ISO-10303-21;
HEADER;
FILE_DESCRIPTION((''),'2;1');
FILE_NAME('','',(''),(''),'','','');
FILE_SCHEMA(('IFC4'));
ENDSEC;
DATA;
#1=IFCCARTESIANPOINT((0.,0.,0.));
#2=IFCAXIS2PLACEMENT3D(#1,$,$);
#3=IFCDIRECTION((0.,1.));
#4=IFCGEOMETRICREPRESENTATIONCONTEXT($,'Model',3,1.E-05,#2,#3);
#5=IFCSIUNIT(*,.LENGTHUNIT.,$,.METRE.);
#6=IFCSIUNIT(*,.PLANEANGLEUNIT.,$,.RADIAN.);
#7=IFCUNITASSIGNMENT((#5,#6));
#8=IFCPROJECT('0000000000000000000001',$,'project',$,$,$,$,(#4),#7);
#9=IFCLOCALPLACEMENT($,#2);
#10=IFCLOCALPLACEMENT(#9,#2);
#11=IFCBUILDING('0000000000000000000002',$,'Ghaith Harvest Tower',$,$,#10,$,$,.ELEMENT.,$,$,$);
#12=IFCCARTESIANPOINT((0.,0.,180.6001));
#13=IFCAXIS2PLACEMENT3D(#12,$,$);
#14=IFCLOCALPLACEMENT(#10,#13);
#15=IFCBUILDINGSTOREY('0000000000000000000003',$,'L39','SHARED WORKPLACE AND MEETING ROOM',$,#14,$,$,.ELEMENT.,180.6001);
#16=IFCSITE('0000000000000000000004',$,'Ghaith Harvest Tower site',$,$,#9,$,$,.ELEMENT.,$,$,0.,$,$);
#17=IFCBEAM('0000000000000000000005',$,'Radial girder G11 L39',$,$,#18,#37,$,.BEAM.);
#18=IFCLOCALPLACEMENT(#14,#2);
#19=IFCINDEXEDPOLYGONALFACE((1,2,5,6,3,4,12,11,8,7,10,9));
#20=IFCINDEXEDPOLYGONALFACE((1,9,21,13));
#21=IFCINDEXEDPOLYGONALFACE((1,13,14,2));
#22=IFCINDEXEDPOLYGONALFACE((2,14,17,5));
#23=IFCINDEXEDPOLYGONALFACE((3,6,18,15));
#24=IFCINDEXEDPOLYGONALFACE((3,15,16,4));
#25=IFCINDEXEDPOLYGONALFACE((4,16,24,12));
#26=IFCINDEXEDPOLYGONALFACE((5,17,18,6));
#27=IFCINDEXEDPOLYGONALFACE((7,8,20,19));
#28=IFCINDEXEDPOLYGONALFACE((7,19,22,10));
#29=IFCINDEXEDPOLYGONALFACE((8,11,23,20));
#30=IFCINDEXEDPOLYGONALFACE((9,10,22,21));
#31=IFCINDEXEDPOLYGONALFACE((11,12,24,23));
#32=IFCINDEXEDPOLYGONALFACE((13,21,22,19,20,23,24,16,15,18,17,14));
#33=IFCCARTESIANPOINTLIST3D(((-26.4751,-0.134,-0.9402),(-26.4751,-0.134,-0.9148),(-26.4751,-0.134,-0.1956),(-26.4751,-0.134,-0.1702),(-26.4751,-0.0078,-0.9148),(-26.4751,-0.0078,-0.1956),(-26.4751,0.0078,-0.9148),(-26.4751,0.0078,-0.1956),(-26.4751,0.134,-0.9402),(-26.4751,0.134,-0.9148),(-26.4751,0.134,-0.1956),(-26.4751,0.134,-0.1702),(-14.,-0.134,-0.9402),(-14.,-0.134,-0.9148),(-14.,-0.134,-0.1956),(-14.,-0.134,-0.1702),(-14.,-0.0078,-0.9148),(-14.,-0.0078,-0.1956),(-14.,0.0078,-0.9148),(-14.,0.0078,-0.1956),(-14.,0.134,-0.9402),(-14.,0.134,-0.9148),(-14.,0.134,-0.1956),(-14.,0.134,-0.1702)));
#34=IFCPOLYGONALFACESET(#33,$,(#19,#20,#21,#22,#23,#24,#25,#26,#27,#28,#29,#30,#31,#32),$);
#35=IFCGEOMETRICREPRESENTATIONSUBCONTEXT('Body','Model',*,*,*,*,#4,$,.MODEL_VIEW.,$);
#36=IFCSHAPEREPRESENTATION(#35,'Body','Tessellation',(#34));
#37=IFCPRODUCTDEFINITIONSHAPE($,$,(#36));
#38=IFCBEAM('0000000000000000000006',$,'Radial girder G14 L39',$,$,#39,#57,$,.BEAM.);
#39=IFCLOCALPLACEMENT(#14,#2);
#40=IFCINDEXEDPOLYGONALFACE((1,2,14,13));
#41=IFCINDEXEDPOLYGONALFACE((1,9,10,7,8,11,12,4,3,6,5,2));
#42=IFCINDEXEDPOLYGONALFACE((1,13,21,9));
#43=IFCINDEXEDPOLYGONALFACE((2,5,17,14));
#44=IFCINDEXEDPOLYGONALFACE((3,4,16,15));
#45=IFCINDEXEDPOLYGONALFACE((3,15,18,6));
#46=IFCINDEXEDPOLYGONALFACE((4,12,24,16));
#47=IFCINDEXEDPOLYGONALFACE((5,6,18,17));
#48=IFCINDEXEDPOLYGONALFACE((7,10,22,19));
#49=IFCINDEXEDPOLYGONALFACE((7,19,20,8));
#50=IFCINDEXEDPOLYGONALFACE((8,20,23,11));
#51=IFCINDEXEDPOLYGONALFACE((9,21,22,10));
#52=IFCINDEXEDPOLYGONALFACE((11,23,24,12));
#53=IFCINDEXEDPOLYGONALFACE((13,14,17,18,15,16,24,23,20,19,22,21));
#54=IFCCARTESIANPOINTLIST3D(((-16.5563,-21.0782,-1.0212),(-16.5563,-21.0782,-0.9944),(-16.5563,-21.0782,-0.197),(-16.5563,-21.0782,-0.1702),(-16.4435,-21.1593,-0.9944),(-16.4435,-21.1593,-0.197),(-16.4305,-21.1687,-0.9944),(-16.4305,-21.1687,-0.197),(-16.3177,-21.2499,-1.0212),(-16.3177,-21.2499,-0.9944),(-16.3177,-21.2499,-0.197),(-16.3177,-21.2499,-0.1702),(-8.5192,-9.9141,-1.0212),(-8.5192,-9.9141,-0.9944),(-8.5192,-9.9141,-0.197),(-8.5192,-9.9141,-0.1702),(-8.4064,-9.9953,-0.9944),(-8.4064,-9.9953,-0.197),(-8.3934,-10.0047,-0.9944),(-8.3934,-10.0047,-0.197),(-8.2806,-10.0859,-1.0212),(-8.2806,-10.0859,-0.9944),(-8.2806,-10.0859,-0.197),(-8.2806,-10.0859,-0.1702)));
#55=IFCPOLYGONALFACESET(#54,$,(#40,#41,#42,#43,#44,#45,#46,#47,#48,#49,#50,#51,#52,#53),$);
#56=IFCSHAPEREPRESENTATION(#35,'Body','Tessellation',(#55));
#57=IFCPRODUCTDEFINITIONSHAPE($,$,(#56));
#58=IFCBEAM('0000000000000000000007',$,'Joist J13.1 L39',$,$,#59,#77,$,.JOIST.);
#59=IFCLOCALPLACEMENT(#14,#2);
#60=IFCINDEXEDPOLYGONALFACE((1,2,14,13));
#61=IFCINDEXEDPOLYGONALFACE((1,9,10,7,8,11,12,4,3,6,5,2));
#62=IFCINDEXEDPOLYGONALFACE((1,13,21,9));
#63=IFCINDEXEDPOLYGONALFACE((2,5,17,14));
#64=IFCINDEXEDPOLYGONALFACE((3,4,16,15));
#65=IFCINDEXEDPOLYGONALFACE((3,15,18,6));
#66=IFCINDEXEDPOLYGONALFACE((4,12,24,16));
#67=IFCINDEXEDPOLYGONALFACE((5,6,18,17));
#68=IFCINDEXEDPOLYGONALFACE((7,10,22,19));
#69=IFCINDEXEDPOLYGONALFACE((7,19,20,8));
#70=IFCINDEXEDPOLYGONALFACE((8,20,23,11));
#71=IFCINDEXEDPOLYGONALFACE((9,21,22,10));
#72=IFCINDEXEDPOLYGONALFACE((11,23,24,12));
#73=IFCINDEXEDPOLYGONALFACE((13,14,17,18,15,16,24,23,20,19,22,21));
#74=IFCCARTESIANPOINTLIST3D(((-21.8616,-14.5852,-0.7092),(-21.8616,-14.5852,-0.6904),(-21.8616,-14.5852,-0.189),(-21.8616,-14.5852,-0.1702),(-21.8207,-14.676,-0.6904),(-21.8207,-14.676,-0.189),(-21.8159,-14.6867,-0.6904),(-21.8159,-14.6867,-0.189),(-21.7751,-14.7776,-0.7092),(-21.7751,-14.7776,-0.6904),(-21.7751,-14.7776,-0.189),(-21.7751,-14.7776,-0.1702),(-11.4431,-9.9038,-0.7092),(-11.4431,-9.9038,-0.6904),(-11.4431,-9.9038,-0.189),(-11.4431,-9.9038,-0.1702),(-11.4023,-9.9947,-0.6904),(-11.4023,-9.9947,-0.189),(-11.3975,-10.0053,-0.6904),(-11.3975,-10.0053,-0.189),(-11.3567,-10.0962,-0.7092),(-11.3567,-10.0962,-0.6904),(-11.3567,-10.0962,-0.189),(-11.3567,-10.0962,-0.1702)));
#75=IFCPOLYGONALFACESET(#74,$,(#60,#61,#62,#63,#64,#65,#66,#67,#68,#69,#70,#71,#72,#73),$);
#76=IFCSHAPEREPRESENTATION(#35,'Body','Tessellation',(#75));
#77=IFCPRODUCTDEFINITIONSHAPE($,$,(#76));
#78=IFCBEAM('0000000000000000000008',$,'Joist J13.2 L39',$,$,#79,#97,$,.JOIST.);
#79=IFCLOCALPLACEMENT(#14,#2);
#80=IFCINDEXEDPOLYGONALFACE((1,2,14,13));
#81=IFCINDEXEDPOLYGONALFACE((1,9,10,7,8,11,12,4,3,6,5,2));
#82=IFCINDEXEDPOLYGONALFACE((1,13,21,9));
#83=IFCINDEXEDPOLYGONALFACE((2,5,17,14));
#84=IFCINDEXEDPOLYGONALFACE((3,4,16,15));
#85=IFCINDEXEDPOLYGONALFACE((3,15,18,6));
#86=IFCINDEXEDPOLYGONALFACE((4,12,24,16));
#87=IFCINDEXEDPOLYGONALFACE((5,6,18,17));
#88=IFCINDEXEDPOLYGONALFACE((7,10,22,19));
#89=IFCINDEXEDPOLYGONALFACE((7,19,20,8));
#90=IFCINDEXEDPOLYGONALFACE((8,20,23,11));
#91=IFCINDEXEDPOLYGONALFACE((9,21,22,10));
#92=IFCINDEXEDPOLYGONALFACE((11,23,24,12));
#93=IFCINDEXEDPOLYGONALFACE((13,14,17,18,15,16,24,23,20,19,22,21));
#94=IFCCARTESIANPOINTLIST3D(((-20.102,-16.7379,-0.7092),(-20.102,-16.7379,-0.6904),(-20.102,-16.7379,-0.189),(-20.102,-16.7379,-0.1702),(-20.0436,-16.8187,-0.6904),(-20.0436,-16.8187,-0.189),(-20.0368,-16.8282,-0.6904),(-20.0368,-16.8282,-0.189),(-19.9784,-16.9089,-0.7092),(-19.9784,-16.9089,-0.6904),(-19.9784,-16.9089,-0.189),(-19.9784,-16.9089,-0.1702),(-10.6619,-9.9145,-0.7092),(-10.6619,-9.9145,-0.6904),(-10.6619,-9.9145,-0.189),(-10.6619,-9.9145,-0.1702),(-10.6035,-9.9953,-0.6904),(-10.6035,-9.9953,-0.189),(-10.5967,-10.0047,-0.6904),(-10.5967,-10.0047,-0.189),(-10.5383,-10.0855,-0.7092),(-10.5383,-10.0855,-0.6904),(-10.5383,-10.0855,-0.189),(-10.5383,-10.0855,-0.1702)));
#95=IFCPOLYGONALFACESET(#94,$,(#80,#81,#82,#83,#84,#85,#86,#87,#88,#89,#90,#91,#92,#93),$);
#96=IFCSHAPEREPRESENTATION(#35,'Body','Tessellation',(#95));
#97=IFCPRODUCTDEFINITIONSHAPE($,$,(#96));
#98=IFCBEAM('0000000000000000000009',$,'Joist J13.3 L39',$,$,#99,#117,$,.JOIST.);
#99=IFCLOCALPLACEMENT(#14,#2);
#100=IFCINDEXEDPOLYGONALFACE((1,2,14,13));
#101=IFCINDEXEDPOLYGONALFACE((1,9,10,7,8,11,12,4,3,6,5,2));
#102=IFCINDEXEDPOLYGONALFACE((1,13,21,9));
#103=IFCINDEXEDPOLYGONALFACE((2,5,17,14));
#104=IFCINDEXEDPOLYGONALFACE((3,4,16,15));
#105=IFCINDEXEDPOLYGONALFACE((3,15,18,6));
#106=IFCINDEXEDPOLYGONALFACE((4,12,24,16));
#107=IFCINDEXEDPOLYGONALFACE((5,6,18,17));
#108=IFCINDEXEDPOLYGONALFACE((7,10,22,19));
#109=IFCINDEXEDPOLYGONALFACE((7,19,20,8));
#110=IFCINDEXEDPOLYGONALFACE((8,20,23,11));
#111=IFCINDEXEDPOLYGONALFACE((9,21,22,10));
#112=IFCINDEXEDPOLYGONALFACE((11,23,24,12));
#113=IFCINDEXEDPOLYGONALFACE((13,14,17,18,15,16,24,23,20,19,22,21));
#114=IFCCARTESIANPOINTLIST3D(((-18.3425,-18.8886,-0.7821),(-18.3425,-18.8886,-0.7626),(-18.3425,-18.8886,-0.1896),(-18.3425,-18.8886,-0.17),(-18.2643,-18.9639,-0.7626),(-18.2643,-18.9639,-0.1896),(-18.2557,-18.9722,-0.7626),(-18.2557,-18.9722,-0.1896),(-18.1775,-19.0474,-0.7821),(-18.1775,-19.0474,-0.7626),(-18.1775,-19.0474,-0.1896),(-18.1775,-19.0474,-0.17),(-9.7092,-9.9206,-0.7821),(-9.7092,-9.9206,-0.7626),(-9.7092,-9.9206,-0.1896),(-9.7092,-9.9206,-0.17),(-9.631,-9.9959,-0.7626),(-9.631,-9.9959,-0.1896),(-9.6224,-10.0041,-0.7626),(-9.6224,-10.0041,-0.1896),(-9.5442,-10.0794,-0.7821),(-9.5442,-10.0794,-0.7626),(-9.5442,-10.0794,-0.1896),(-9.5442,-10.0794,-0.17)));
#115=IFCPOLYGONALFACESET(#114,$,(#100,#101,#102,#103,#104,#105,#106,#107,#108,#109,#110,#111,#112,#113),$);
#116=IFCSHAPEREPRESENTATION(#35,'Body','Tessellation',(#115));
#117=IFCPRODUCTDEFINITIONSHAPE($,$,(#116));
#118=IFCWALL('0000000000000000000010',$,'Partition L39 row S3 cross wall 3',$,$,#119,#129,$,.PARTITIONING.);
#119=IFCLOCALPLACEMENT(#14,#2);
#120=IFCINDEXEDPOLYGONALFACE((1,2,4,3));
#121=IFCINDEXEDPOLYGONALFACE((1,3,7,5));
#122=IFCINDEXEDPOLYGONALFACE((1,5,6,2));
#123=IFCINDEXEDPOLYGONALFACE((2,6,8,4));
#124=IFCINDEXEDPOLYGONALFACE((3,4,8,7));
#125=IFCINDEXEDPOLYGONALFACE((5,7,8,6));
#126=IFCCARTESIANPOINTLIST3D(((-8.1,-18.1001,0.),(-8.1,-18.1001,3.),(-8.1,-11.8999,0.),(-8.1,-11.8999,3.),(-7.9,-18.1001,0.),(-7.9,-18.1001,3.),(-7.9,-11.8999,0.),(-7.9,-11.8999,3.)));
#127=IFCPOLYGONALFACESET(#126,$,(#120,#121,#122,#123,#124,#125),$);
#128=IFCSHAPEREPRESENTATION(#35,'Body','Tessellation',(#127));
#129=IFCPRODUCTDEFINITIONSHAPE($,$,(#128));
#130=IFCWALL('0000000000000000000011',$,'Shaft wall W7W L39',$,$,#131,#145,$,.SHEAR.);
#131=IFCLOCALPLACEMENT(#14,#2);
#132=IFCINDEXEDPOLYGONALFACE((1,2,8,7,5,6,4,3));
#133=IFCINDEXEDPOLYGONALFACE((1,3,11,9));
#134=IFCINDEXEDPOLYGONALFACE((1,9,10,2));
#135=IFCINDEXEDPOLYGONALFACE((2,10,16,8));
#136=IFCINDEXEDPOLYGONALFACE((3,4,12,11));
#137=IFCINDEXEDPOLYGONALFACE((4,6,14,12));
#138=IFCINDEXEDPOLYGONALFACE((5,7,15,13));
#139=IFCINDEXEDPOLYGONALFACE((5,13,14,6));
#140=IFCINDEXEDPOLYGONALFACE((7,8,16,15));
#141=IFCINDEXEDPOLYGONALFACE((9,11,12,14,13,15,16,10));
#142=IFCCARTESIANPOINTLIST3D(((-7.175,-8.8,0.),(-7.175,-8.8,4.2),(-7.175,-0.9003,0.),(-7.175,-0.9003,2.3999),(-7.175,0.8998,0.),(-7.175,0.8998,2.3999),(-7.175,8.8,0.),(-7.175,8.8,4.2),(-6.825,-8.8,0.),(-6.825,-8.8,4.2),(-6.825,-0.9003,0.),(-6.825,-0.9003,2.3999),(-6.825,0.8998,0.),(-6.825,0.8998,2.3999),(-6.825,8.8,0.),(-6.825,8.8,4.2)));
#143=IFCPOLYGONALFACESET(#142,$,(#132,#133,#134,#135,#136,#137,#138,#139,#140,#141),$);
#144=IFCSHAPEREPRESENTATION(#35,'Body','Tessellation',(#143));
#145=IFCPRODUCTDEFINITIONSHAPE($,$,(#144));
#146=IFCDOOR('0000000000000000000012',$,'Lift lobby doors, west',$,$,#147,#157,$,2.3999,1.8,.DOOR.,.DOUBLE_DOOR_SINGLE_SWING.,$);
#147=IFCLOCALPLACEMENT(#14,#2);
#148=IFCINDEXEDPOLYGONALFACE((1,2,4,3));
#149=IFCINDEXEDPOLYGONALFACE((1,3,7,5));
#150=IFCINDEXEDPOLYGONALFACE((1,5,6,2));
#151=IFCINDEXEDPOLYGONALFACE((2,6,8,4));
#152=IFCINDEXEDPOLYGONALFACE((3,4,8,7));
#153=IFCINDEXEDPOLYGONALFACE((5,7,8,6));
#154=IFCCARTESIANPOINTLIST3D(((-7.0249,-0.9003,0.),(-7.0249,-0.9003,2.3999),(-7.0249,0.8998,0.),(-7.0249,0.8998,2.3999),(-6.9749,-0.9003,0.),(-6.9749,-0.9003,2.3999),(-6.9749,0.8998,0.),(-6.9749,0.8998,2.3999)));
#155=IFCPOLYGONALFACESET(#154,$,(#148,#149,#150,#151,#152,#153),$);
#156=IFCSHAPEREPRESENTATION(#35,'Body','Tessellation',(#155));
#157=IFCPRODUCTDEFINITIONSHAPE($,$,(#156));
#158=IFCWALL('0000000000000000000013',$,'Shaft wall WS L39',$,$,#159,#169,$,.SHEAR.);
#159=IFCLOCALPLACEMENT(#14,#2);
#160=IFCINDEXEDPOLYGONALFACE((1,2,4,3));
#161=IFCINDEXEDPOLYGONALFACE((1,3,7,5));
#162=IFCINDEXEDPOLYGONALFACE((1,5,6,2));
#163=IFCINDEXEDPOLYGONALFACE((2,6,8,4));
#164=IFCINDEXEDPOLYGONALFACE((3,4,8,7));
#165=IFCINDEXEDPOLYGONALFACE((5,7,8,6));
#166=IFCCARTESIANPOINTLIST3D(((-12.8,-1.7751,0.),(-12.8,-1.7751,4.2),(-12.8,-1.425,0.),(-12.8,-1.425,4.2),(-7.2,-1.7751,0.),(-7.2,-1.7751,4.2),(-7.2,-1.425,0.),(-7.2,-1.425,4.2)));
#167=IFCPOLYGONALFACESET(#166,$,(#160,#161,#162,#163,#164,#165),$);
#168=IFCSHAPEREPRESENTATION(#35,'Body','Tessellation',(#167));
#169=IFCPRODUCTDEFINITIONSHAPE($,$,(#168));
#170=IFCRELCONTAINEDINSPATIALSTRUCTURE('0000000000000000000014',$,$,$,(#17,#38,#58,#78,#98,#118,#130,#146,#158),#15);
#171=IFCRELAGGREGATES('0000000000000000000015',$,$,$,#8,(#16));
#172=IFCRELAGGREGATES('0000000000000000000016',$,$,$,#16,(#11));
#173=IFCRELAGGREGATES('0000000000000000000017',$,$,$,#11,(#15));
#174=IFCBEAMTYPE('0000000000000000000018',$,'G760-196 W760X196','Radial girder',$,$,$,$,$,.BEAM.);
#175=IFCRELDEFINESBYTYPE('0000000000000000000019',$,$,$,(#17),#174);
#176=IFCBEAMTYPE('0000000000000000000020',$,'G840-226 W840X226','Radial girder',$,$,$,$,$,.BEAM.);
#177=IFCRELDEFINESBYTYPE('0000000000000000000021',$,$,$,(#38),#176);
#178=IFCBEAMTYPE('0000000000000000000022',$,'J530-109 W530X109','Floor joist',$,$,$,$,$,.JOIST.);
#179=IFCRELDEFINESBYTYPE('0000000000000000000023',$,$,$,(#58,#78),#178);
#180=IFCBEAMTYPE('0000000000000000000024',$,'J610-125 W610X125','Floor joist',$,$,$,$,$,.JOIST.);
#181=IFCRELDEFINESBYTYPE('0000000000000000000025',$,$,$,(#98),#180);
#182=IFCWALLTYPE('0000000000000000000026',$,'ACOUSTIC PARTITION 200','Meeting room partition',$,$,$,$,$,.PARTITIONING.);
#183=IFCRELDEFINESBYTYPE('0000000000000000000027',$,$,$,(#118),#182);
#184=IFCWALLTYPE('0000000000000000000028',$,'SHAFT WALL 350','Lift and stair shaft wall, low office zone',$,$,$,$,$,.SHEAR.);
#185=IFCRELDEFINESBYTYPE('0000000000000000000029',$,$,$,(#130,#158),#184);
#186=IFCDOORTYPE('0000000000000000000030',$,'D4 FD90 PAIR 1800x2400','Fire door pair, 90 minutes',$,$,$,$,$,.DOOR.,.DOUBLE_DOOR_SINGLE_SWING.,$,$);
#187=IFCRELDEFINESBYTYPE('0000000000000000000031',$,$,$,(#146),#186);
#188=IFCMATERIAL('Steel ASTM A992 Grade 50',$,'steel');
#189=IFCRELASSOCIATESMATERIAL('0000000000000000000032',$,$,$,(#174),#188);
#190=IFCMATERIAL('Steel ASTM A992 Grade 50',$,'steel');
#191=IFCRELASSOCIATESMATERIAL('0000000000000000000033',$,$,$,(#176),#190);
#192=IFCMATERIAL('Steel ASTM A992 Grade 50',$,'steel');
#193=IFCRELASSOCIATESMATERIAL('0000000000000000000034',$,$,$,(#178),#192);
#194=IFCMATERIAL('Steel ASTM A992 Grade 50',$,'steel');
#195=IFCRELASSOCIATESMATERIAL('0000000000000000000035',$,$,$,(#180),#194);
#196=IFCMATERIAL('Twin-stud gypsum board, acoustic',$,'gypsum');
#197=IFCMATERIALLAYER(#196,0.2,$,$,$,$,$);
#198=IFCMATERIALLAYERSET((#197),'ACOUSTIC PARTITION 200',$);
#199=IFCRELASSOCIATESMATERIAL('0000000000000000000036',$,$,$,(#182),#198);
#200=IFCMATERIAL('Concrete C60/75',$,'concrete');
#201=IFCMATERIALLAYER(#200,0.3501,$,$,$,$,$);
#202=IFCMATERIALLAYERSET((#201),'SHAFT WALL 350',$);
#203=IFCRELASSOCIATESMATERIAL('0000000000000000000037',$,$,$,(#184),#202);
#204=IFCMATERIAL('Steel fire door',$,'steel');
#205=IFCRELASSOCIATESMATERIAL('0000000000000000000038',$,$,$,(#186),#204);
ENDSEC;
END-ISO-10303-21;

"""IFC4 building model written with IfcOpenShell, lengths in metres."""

from ifc_helpers import new_model, si_unit, direction, frame, frame_2d, origin, origin_2d, place, context, subcontext, project, spatial, rectangle, i_section, extrude, material, layer, layer_set, material_profile, profile_set, type_object, element, fill, save


model = new_model("IFC4")

# Units and contexts
model_context = context("Model", 3, precision=1e-05, world=origin(), true_north=direction((0.0, 1.0)))
body_context = subcontext(model_context, "Body", "Model", "MODEL_VIEW")
ifc_project = project(units=[si_unit("LENGTHUNIT", "METRE"), si_unit("PLANEANGLEUNIT", "RADIAN")], contexts=[model_context])

# Site, building, storey
site_placement = place(None, origin())
site = spatial("IfcSite", under=ifc_project, at=site_placement, Name="Ghaith Harvest Tower site", CompositionType="ELEMENT", RefElevation=0.0)
building_placement = place(site_placement, origin())
building = spatial("IfcBuilding", under=site, at=building_placement, Name="Ghaith Harvest Tower", CompositionType="ELEMENT")
storey_placement = place(building_placement, frame((0.0, 0.0, 180.6001)))
storey = spatial("IfcBuildingStorey", under=building, at=storey_placement, Name="L39", Description="SHARED WORKPLACE AND MEETING ROOM", CompositionType="ELEMENT", Elevation=180.6001)

# Beams
ifc_material_1 = material(Name="Steel ASTM A992 Grade 50", Category="steel")
ifc_material_profile_1 = material_profile(ifc_material_1, i_section(OverallWidth=0.2681, OverallDepth=0.77, WebThickness=0.0156, FlangeThickness=0.0254, at=origin_2d()), Name="W760X196")
ifc_profile_set_1 = profile_set([ifc_material_profile_1], Name="Steel ASTM A992 Grade 50")
beam_type_1 = type_object("IfcBeamType", Name="G760-196 W760X196", Description="Radial girder", PredefinedType="BEAM", material=ifc_profile_set_1)
beam_1_placement = place(storey_placement, frame((-14.0, 0.0, -0.5552), z_axis=(-1.0, 0.0, 0.0), x_axis=(0.0, -1.0, 0.0)))
element("IfcBeam", 1, at=beam_1_placement, inside=storey, type_object=beam_type_1, Name="Radial girder G11 L39", PredefinedType="BEAM", context=body_context, shape_type="SweptSolid", body=[
    extrude(i_section(OverallWidth=0.2681, OverallDepth=0.77, WebThickness=0.0156, FlangeThickness=0.0254, at=origin_2d()), origin(), (0.0, 0.0, 1.0), 12.4751),
])
ifc_material_2 = material(Name="Steel ASTM A992 Grade 50", Category="steel")
ifc_material_profile_2 = material_profile(ifc_material_2, i_section(OverallWidth=0.2939, OverallDepth=0.8511, WebThickness=0.0161, FlangeThickness=0.0269, at=origin_2d()), Name="W840X226")
ifc_profile_set_2 = profile_set([ifc_material_profile_2], Name="Steel ASTM A992 Grade 50")
beam_type_2 = type_object("IfcBeamType", Name="G840-226 W840X226", Description="Radial girder", PredefinedType="BEAM", material=ifc_profile_set_2)
beam_2_placement = place(storey_placement, frame((-8.3999, -10.0, -0.5957), z_axis=(-0.584256, -0.811569, 0.0), x_axis=(0.811569, -0.584256, 0.0)))
element("IfcBeam", 2, at=beam_2_placement, inside=storey, type_object=beam_type_2, Name="Radial girder G14 L39", PredefinedType="BEAM", context=body_context, shape_type="SweptSolid", body=[
    extrude(i_section(OverallWidth=0.2939, OverallDepth=0.8511, WebThickness=0.0161, FlangeThickness=0.0269, at=origin_2d()), origin(), (0.0, 0.0, 1.0), 13.7561),
])
ifc_material_3 = material(Name="Steel ASTM A992 Grade 50", Category="steel")
ifc_material_profile_3 = material_profile(ifc_material_3, i_section(OverallWidth=0.2109, OverallDepth=0.5391, WebThickness=0.0117, FlangeThickness=0.0188, at=origin_2d()), Name="W530X109")
ifc_profile_set_3 = profile_set([ifc_material_profile_3], Name="Steel ASTM A992 Grade 50")
beam_type_3 = type_object("IfcBeamType", Name="J530-109 W530X109", Description="Floor joist", PredefinedType="JOIST", material=ifc_profile_set_3)
beam_3_placement = place(storey_placement, frame((-11.3999, -10.0, -0.4397), z_axis=(-0.912148, -0.409862, 0.0), x_axis=(0.409862, -0.912148, 0.0)))
element("IfcBeam", 3, at=beam_3_placement, inside=storey, type_object=beam_type_3, Name="Joist J13.1 L39", PredefinedType="JOIST", context=body_context, shape_type="SweptSolid", body=[
    extrude(i_section(OverallWidth=0.2109, OverallDepth=0.5391, WebThickness=0.0117, FlangeThickness=0.0188, at=origin_2d()), origin(), (0.0, 0.0, 1.0), 11.4219),
])
beam_4_placement = place(storey_placement, frame((-10.6001, -10.0, -0.4397), z_axis=(-0.810452, -0.585805, 0.0), x_axis=(0.585805, -0.810452, 0.0)))
element("IfcBeam", 4, at=beam_4_placement, inside=storey, type_object=beam_type_3, Name="Joist J13.2 L39", PredefinedType="JOIST", context=body_context, shape_type="SweptSolid", body=[
    extrude(i_section(OverallWidth=0.2109, OverallDepth=0.5391, WebThickness=0.0117, FlangeThickness=0.0188, at=origin_2d()), origin(), (0.0, 0.0, 1.0), 11.6479),
])
ifc_material_4 = material(Name="Steel ASTM A992 Grade 50", Category="steel")
ifc_material_profile_4 = material_profile(ifc_material_4, i_section(OverallWidth=0.229, OverallDepth=0.6121, WebThickness=0.012, FlangeThickness=0.0195, at=origin_2d()), Name="W610X125")
ifc_profile_set_4 = profile_set([ifc_material_profile_4], Name="Steel ASTM A992 Grade 50")
beam_type_4 = type_object("IfcBeamType", Name="J610-125 W610X125", Description="Floor joist", PredefinedType="JOIST", material=ifc_profile_set_4)
beam_5_placement = place(storey_placement, frame((-9.6267, -10.0, -0.4761), z_axis=(-0.693535, -0.720423, 0.0), x_axis=(0.720423, -0.693535, 0.0)))
element("IfcBeam", 5, at=beam_5_placement, inside=storey, type_object=beam_type_4, Name="Joist J13.3 L39", PredefinedType="JOIST", context=body_context, shape_type="SweptSolid", body=[
    extrude(i_section(OverallWidth=0.229, OverallDepth=0.6121, WebThickness=0.012, FlangeThickness=0.0195, at=origin_2d()), origin(), (0.0, 0.0, 1.0), 12.4482),
])

# Wall
ifc_material_5 = material(Name="Twin-stud gypsum board, acoustic", Category="gypsum")
ifc_layer_1 = layer(ifc_material_5, 0.2)
ifc_layer_set_1 = layer_set([ifc_layer_1], Name="ACOUSTIC PARTITION 200")
wall_type_1 = type_object("IfcWallType", Name="ACOUSTIC PARTITION 200", Description="Meeting room partition", PredefinedType="PARTITIONING", material=ifc_layer_set_1)
wall_1_placement = place(storey_placement, frame((-8.0, -11.8999, 0.0), z_axis=(0.0, 0.0, 1.0), x_axis=(0.0, -1.0, 0.0)))
element("IfcWall", 6, at=wall_1_placement, inside=storey, type_object=wall_type_1, Name="Partition L39 row S3 cross wall 3", PredefinedType="PARTITIONING", context=body_context, shape_type="SweptSolid", body=[
    extrude(rectangle(XDim=6.2002, YDim=0.2, at=frame_2d((3.1001, 0.0))), origin(), (0.0, 0.0, 1.0), 3.0),
])

# Wall, opening, door
ifc_material_6 = material(Name="Concrete C60/75", Category="concrete")
ifc_layer_2 = layer(ifc_material_6, 0.3501)
ifc_layer_set_2 = layer_set([ifc_layer_2], Name="SHAFT WALL 350")
wall_type_2 = type_object("IfcWallType", Name="SHAFT WALL 350", Description="Lift and stair shaft wall, low office zone", PredefinedType="SHEAR", material=ifc_layer_set_2)
wall_2_placement = place(storey_placement, frame((-7.0, -8.8, 0.0), z_axis=(0.0, 0.0, 1.0), x_axis=(0.0, 1.0, 0.0)))
wall_2 = element("IfcWall", 7, at=wall_2_placement, inside=storey, type_object=wall_type_2, Name="Shaft wall W7W L39", PredefinedType="SHEAR", context=body_context, shape_type="SweptSolid", body=[
    extrude(rectangle(XDim=17.6001, YDim=0.3501, at=frame_2d((8.8, 0.0))), origin(), (0.0, 0.0, 1.0), 4.2),
])
opening_placement = place(wall_2_placement, frame((7.8999, 0.0, 0.0)))
opening = element("IfcOpeningElement", 8, at=opening_placement, cuts=wall_2, PredefinedType="OPENING", context=body_context, shape_type="SweptSolid", body=[
    extrude(rectangle(XDim=1.8, YDim=2.3999, at=frame_2d((0.8999, 1.2))), frame((0.0, 0.1851, 0.0), z_axis=(0.0, -1.0, 0.0), x_axis=(1.0, 0.0, 0.0)), (0.0, 0.0, 1.0), 0.3701),
])
ifc_material_7 = material(Name="Steel fire door", Category="steel")
door_type = type_object("IfcDoorType", Name="D4 FD90 PAIR 1800x2400", Description="Fire door pair, 90 minutes", OperationType="DOUBLE_DOOR_SINGLE_SWING", PredefinedType="DOOR", material=ifc_material_7)
door_placement = place(opening_placement, origin())
door = element("IfcDoor", 9, at=door_placement, inside=storey, type_object=door_type, Name="Lift lobby doors, west", OperationType="DOUBLE_DOOR_SINGLE_SWING", OverallHeight=2.3999, OverallWidth=1.8, PredefinedType="DOOR", context=body_context, shape_type="SweptSolid", body=[
    extrude(rectangle(XDim=1.8, YDim=2.3999, at=frame_2d((0.8999, 1.2))), frame((0.0, 0.0249, 0.0), z_axis=(0.0, -1.0, 0.0), x_axis=(1.0, 0.0, 0.0)), (0.0, 0.0, 1.0), 0.05),
])
fill(opening, door)

# Wall
wall_3_placement = place(storey_placement, frame((-12.8, -1.6001, 0.0), z_axis=(0.0, 0.0, 1.0), x_axis=(1.0, 0.0, 0.0)))
element("IfcWall", 10, at=wall_3_placement, inside=storey, type_object=wall_type_2, Name="Shaft wall WS L39", PredefinedType="SHEAR", context=body_context, shape_type="SweptSolid", body=[
    extrude(rectangle(XDim=5.6001, YDim=0.3501, at=frame_2d((2.8, 0.0))), origin(), (0.0, 0.0, 1.0), 4.2),
])

save(model, "model.ifc")
